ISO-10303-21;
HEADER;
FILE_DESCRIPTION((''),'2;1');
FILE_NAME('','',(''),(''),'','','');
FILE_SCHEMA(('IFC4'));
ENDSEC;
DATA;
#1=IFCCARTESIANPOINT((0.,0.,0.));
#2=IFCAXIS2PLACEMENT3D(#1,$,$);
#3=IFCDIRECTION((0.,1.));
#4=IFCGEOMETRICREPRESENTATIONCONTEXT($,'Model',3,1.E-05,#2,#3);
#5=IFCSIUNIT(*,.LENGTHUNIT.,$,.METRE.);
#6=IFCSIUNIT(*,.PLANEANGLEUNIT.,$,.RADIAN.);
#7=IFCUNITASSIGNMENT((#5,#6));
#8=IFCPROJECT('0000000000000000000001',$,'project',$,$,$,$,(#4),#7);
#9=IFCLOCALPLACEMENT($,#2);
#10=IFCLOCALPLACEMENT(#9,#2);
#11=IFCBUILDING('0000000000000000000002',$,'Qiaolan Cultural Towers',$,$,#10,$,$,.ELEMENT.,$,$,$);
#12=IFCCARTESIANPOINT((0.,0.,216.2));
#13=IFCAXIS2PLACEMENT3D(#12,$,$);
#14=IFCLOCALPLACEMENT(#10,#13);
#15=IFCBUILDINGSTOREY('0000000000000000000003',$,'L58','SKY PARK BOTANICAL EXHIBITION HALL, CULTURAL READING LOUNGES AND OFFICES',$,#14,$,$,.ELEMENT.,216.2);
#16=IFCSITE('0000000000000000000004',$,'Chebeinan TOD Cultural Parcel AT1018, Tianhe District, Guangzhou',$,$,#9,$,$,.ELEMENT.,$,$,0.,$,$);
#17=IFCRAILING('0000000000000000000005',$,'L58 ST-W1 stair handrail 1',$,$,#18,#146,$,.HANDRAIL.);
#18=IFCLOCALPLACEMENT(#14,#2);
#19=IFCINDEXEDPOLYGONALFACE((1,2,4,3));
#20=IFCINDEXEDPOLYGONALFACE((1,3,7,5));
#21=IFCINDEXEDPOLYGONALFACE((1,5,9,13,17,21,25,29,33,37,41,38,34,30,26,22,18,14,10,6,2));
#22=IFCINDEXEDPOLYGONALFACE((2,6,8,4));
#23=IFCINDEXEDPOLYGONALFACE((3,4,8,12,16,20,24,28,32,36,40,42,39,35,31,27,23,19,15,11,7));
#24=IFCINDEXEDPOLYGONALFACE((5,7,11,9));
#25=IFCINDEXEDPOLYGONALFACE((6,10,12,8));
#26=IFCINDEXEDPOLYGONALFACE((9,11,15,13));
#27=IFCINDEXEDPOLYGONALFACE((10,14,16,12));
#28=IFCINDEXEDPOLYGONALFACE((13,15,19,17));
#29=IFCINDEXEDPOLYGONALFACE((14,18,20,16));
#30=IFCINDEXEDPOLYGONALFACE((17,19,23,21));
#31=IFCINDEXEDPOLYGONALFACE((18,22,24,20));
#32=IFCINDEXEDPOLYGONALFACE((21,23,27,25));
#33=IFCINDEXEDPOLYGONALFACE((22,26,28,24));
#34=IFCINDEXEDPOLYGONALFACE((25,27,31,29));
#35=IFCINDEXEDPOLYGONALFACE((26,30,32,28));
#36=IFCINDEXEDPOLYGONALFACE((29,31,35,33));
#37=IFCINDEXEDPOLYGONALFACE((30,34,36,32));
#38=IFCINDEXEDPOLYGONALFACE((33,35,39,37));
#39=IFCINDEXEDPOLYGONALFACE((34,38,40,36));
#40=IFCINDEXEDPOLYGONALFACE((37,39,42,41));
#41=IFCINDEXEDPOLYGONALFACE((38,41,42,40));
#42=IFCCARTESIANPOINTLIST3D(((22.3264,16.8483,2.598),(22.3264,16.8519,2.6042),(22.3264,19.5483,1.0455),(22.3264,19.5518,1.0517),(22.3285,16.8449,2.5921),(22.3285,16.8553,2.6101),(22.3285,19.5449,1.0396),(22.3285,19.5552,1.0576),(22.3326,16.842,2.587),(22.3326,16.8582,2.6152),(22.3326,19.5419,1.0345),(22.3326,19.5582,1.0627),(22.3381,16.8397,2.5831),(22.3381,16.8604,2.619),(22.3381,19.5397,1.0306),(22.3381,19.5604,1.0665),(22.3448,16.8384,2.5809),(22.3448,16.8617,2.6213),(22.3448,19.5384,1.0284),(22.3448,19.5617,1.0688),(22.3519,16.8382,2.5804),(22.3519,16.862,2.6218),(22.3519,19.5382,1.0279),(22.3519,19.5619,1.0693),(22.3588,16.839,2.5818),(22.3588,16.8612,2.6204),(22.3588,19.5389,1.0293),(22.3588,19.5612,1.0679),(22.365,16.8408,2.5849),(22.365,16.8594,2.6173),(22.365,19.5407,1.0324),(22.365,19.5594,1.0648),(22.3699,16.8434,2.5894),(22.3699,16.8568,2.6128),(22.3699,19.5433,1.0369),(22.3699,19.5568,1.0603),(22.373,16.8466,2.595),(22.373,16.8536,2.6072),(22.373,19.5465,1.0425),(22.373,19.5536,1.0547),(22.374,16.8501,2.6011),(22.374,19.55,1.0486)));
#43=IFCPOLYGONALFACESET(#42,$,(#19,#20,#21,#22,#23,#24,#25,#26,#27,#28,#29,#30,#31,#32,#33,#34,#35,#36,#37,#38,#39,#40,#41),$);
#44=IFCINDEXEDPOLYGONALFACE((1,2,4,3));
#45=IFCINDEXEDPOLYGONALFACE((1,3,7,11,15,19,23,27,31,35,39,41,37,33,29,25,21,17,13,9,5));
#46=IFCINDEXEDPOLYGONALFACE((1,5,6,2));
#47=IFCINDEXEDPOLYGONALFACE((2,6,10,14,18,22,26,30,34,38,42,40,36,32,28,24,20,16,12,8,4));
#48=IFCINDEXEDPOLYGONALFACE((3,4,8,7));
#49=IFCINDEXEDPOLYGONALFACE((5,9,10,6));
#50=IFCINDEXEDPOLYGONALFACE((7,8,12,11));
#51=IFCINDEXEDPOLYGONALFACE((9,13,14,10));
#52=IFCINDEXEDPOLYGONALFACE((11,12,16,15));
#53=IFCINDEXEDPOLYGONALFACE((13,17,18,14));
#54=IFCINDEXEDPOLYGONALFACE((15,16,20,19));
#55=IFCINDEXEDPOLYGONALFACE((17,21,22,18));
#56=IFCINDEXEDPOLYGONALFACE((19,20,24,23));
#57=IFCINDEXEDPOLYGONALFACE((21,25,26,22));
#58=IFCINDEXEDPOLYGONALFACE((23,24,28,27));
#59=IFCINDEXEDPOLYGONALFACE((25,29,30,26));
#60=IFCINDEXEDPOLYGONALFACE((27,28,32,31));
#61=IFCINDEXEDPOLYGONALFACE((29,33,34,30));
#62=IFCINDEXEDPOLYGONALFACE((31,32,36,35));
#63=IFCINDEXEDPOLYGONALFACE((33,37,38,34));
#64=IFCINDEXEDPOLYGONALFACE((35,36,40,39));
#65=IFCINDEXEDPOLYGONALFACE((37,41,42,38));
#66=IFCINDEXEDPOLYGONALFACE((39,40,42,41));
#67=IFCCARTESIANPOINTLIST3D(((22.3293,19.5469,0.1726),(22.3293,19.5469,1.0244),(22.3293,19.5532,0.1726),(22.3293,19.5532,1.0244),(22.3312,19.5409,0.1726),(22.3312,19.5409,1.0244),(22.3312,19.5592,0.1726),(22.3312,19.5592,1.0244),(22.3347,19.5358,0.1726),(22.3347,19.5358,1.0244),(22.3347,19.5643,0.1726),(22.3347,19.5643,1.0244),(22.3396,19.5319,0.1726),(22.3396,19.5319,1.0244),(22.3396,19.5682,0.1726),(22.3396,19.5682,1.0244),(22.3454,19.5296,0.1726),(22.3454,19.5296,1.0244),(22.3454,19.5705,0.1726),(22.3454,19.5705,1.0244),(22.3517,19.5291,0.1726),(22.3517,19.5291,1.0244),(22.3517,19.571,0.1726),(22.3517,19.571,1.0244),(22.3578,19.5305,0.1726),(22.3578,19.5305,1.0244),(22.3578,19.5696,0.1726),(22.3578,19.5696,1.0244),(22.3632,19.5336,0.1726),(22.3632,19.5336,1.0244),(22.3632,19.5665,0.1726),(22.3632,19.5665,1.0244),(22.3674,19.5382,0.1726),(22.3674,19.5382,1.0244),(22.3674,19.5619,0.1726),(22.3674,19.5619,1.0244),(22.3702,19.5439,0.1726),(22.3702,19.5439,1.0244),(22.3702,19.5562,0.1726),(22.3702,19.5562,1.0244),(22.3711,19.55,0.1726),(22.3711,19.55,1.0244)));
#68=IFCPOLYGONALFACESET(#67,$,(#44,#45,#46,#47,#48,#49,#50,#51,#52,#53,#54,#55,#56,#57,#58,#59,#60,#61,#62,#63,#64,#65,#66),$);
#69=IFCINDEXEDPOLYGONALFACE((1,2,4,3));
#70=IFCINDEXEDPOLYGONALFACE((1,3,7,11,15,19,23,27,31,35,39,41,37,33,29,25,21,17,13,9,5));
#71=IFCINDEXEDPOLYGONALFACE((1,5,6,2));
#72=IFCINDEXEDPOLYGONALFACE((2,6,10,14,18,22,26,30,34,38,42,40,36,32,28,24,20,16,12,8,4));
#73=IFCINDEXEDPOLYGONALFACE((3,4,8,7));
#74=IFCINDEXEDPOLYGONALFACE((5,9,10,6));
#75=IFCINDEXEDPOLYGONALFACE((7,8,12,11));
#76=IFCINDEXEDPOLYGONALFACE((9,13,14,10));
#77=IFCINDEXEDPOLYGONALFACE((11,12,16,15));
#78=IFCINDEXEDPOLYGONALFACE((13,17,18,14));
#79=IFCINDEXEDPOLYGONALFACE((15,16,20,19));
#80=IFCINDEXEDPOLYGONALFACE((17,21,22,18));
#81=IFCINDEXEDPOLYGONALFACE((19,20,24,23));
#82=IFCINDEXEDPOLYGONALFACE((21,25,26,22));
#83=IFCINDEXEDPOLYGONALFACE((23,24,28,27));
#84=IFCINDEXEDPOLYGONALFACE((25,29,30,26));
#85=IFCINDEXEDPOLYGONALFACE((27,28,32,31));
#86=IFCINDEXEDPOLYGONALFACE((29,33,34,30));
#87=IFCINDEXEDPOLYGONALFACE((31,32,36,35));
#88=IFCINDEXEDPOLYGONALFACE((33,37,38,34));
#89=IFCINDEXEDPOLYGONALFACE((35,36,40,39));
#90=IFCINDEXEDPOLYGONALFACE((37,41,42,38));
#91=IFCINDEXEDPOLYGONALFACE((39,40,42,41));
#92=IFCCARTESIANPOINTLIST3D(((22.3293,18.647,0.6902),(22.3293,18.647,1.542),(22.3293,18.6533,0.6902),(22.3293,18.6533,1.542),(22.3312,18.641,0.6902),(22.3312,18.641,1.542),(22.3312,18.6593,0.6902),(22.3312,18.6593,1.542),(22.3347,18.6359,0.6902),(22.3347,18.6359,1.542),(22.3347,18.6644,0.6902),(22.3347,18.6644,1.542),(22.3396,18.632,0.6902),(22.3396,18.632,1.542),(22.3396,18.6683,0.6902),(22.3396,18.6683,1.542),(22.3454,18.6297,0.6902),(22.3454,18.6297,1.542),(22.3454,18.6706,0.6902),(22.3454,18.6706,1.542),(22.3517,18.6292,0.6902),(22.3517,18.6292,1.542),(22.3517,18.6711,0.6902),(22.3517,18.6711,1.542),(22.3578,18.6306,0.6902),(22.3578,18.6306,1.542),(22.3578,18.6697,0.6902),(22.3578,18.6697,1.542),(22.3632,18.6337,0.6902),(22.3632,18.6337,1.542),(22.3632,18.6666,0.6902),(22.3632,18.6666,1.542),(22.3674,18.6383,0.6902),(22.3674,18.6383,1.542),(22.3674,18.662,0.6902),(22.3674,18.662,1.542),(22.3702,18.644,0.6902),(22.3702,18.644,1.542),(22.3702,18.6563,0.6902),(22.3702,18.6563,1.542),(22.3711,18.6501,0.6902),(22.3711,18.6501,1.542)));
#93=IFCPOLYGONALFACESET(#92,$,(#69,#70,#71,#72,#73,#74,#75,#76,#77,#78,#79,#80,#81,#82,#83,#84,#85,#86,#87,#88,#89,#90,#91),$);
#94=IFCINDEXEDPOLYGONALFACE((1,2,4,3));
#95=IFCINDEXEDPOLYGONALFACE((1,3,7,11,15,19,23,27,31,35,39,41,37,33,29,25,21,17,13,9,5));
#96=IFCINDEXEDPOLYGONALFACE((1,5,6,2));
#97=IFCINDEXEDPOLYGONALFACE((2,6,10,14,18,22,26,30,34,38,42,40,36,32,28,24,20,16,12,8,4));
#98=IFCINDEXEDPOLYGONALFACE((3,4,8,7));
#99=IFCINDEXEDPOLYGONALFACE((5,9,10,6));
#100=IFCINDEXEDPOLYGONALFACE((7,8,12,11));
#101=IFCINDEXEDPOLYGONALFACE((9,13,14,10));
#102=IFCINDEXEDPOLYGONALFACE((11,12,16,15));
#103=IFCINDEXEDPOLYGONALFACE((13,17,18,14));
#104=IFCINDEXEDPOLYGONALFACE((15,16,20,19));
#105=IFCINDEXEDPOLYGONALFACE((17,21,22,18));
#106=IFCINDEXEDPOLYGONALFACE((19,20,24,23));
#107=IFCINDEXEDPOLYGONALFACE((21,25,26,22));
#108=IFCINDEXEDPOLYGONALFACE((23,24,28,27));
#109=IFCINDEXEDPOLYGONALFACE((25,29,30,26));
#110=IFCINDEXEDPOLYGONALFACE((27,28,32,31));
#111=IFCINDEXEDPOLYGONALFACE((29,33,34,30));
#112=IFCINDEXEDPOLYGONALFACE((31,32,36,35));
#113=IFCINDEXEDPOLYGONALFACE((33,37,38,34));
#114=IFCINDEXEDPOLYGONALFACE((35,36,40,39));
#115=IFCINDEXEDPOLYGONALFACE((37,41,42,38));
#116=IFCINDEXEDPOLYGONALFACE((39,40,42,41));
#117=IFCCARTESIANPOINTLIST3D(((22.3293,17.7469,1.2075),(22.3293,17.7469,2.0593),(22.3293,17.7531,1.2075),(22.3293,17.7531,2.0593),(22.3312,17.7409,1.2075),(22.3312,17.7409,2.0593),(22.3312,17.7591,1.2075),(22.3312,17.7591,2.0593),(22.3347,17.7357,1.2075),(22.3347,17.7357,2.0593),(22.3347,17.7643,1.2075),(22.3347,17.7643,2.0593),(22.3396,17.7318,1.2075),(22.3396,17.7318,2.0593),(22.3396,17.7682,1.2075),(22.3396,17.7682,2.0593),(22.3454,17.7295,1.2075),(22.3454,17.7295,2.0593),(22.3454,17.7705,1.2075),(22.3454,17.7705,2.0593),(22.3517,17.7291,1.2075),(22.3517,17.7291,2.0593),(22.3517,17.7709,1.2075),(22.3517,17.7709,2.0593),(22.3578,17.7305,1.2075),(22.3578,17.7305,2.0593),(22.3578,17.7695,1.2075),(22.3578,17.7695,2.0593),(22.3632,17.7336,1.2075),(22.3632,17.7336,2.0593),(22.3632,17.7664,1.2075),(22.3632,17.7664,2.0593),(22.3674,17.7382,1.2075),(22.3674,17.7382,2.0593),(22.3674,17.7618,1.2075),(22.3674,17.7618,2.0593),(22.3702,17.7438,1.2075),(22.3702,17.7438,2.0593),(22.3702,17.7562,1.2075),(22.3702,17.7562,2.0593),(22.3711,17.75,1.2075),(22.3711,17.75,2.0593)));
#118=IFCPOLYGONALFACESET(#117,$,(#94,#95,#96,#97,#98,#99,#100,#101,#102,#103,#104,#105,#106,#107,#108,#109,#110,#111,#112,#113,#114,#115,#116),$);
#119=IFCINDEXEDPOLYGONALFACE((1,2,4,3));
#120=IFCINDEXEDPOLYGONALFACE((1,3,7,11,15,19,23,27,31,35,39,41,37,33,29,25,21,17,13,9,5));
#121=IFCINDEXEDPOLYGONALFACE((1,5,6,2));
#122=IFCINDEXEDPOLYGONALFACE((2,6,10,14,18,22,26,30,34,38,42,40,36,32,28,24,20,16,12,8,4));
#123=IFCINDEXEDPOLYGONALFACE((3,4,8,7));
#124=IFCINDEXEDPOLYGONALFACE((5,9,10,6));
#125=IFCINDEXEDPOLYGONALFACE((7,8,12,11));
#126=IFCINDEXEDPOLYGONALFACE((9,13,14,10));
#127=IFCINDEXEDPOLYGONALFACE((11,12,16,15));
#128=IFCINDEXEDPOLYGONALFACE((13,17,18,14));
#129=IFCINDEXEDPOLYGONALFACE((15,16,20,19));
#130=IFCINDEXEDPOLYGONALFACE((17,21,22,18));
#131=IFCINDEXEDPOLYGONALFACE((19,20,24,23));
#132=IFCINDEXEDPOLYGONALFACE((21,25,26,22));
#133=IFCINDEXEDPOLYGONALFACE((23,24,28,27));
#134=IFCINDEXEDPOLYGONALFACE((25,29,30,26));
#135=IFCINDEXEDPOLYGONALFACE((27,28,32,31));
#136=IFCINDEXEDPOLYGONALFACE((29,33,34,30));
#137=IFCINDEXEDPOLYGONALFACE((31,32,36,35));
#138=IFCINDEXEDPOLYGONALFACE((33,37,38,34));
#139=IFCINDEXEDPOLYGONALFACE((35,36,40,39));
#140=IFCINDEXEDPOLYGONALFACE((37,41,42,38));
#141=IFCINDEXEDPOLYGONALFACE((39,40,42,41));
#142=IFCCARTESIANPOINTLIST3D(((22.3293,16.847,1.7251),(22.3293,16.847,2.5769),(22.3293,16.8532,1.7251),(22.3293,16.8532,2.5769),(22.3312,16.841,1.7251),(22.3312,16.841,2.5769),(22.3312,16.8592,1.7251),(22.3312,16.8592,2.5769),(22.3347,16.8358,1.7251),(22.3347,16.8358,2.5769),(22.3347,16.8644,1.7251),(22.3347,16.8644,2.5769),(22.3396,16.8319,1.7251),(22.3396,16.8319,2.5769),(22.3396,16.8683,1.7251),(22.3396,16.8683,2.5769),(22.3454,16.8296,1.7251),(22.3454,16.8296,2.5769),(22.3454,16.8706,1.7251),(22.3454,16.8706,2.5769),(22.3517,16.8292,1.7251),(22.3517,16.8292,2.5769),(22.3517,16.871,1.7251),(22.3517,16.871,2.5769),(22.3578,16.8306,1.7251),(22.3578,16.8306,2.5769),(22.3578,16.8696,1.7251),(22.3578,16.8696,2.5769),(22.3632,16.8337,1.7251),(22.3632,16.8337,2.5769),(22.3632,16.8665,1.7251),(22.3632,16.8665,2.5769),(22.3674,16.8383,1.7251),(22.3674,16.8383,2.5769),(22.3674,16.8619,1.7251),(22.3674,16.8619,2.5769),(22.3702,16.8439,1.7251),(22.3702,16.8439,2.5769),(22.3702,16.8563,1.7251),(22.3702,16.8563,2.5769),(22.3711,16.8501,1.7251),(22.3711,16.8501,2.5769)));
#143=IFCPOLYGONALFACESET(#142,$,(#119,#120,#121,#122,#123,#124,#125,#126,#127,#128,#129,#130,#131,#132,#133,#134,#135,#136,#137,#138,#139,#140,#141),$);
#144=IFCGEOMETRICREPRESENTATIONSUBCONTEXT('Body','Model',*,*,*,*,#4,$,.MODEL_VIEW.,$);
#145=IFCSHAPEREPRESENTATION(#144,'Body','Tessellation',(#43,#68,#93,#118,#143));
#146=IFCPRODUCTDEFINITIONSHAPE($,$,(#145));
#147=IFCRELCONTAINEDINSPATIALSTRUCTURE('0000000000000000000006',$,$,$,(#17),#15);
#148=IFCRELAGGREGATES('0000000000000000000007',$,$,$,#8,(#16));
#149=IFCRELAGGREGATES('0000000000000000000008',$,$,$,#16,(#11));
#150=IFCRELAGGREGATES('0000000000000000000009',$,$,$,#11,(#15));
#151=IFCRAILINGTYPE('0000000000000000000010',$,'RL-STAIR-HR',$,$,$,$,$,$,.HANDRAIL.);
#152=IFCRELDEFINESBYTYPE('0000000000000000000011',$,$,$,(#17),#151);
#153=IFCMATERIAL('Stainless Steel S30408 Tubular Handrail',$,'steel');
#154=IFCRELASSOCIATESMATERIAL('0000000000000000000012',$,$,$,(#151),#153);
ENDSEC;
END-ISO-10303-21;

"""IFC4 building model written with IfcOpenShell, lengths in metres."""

from ifc_helpers import new_model, si_unit, direction, frame, origin, origin_2d, place, context, subcontext, project, spatial, circle, extrude, material, type_object, element, save


model = new_model("IFC4")

# Units and contexts
model_context = context("Model", 3, precision=1e-05, world=origin(), true_north=direction((0.0, 1.0)))
body_context = subcontext(model_context, "Body", "Model", "MODEL_VIEW")
ifc_project = project(units=[si_unit("LENGTHUNIT", "METRE"), si_unit("PLANEANGLEUNIT", "RADIAN")], contexts=[model_context])

# Site, building, storey
site_placement = place(None, origin())
site = spatial("IfcSite", under=ifc_project, at=site_placement, Name="Chebeinan TOD Cultural Parcel AT1018, Tianhe District, Guangzhou", CompositionType="ELEMENT", RefElevation=0.0)
building_placement = place(site_placement, origin())
building = spatial("IfcBuilding", under=site, at=building_placement, Name="Qiaolan Cultural Towers", CompositionType="ELEMENT")
storey_placement = place(building_placement, frame((0.0, 0.0, 216.2)))
storey = spatial("IfcBuildingStorey", under=building, at=storey_placement, Name="L58", Description="SKY PARK BOTANICAL EXHIBITION HALL, CULTURAL READING LOUNGES AND OFFICES", CompositionType="ELEMENT", Elevation=216.2)

# Railing
ifc_material_1 = material(Name="Stainless Steel S30408 Tubular Handrail", Category="steel")
railing_type_1 = type_object("IfcRailingType", Name="RL-STAIR-HR", PredefinedType="HANDRAIL", material=ifc_material_1)
railing_1_placement = place(storey_placement, frame((22.3501, 19.55, 0.1726)))
element("IfcRailing", 1, at=railing_1_placement, inside=storey, type_object=railing_type_1, Name="L58 ST-W1 stair handrail 1", PredefinedType="HANDRAIL", context=body_context, shape_type="SweptSolid", body=[
    extrude(circle(Radius=0.0239, at=origin_2d()), frame((0.0, 0.0, 0.876), z_axis=(0.0, -0.866904, 0.498476), x_axis=(1.0, 0.0, 0.0)), (0.0, 0.0, 1.0), 3.1145),
    extrude(circle(Radius=0.021, at=origin_2d()), origin(), (0.0, 0.0, 1.0), 0.8518),
    extrude(circle(Radius=0.021, at=origin_2d()), frame((0.0, -0.8999, 0.5176)), (0.0, 0.0, 1.0), 0.8518),
    extrude(circle(Radius=0.021, at=origin_2d()), frame((0.0, -1.8, 1.0349)), (0.0, 0.0, 1.0), 0.8518),
    extrude(circle(Radius=0.021, at=origin_2d()), frame((0.0, -2.7, 1.5525)), (0.0, 0.0, 1.0), 0.8518),
])

save(model, "model.ifc")
